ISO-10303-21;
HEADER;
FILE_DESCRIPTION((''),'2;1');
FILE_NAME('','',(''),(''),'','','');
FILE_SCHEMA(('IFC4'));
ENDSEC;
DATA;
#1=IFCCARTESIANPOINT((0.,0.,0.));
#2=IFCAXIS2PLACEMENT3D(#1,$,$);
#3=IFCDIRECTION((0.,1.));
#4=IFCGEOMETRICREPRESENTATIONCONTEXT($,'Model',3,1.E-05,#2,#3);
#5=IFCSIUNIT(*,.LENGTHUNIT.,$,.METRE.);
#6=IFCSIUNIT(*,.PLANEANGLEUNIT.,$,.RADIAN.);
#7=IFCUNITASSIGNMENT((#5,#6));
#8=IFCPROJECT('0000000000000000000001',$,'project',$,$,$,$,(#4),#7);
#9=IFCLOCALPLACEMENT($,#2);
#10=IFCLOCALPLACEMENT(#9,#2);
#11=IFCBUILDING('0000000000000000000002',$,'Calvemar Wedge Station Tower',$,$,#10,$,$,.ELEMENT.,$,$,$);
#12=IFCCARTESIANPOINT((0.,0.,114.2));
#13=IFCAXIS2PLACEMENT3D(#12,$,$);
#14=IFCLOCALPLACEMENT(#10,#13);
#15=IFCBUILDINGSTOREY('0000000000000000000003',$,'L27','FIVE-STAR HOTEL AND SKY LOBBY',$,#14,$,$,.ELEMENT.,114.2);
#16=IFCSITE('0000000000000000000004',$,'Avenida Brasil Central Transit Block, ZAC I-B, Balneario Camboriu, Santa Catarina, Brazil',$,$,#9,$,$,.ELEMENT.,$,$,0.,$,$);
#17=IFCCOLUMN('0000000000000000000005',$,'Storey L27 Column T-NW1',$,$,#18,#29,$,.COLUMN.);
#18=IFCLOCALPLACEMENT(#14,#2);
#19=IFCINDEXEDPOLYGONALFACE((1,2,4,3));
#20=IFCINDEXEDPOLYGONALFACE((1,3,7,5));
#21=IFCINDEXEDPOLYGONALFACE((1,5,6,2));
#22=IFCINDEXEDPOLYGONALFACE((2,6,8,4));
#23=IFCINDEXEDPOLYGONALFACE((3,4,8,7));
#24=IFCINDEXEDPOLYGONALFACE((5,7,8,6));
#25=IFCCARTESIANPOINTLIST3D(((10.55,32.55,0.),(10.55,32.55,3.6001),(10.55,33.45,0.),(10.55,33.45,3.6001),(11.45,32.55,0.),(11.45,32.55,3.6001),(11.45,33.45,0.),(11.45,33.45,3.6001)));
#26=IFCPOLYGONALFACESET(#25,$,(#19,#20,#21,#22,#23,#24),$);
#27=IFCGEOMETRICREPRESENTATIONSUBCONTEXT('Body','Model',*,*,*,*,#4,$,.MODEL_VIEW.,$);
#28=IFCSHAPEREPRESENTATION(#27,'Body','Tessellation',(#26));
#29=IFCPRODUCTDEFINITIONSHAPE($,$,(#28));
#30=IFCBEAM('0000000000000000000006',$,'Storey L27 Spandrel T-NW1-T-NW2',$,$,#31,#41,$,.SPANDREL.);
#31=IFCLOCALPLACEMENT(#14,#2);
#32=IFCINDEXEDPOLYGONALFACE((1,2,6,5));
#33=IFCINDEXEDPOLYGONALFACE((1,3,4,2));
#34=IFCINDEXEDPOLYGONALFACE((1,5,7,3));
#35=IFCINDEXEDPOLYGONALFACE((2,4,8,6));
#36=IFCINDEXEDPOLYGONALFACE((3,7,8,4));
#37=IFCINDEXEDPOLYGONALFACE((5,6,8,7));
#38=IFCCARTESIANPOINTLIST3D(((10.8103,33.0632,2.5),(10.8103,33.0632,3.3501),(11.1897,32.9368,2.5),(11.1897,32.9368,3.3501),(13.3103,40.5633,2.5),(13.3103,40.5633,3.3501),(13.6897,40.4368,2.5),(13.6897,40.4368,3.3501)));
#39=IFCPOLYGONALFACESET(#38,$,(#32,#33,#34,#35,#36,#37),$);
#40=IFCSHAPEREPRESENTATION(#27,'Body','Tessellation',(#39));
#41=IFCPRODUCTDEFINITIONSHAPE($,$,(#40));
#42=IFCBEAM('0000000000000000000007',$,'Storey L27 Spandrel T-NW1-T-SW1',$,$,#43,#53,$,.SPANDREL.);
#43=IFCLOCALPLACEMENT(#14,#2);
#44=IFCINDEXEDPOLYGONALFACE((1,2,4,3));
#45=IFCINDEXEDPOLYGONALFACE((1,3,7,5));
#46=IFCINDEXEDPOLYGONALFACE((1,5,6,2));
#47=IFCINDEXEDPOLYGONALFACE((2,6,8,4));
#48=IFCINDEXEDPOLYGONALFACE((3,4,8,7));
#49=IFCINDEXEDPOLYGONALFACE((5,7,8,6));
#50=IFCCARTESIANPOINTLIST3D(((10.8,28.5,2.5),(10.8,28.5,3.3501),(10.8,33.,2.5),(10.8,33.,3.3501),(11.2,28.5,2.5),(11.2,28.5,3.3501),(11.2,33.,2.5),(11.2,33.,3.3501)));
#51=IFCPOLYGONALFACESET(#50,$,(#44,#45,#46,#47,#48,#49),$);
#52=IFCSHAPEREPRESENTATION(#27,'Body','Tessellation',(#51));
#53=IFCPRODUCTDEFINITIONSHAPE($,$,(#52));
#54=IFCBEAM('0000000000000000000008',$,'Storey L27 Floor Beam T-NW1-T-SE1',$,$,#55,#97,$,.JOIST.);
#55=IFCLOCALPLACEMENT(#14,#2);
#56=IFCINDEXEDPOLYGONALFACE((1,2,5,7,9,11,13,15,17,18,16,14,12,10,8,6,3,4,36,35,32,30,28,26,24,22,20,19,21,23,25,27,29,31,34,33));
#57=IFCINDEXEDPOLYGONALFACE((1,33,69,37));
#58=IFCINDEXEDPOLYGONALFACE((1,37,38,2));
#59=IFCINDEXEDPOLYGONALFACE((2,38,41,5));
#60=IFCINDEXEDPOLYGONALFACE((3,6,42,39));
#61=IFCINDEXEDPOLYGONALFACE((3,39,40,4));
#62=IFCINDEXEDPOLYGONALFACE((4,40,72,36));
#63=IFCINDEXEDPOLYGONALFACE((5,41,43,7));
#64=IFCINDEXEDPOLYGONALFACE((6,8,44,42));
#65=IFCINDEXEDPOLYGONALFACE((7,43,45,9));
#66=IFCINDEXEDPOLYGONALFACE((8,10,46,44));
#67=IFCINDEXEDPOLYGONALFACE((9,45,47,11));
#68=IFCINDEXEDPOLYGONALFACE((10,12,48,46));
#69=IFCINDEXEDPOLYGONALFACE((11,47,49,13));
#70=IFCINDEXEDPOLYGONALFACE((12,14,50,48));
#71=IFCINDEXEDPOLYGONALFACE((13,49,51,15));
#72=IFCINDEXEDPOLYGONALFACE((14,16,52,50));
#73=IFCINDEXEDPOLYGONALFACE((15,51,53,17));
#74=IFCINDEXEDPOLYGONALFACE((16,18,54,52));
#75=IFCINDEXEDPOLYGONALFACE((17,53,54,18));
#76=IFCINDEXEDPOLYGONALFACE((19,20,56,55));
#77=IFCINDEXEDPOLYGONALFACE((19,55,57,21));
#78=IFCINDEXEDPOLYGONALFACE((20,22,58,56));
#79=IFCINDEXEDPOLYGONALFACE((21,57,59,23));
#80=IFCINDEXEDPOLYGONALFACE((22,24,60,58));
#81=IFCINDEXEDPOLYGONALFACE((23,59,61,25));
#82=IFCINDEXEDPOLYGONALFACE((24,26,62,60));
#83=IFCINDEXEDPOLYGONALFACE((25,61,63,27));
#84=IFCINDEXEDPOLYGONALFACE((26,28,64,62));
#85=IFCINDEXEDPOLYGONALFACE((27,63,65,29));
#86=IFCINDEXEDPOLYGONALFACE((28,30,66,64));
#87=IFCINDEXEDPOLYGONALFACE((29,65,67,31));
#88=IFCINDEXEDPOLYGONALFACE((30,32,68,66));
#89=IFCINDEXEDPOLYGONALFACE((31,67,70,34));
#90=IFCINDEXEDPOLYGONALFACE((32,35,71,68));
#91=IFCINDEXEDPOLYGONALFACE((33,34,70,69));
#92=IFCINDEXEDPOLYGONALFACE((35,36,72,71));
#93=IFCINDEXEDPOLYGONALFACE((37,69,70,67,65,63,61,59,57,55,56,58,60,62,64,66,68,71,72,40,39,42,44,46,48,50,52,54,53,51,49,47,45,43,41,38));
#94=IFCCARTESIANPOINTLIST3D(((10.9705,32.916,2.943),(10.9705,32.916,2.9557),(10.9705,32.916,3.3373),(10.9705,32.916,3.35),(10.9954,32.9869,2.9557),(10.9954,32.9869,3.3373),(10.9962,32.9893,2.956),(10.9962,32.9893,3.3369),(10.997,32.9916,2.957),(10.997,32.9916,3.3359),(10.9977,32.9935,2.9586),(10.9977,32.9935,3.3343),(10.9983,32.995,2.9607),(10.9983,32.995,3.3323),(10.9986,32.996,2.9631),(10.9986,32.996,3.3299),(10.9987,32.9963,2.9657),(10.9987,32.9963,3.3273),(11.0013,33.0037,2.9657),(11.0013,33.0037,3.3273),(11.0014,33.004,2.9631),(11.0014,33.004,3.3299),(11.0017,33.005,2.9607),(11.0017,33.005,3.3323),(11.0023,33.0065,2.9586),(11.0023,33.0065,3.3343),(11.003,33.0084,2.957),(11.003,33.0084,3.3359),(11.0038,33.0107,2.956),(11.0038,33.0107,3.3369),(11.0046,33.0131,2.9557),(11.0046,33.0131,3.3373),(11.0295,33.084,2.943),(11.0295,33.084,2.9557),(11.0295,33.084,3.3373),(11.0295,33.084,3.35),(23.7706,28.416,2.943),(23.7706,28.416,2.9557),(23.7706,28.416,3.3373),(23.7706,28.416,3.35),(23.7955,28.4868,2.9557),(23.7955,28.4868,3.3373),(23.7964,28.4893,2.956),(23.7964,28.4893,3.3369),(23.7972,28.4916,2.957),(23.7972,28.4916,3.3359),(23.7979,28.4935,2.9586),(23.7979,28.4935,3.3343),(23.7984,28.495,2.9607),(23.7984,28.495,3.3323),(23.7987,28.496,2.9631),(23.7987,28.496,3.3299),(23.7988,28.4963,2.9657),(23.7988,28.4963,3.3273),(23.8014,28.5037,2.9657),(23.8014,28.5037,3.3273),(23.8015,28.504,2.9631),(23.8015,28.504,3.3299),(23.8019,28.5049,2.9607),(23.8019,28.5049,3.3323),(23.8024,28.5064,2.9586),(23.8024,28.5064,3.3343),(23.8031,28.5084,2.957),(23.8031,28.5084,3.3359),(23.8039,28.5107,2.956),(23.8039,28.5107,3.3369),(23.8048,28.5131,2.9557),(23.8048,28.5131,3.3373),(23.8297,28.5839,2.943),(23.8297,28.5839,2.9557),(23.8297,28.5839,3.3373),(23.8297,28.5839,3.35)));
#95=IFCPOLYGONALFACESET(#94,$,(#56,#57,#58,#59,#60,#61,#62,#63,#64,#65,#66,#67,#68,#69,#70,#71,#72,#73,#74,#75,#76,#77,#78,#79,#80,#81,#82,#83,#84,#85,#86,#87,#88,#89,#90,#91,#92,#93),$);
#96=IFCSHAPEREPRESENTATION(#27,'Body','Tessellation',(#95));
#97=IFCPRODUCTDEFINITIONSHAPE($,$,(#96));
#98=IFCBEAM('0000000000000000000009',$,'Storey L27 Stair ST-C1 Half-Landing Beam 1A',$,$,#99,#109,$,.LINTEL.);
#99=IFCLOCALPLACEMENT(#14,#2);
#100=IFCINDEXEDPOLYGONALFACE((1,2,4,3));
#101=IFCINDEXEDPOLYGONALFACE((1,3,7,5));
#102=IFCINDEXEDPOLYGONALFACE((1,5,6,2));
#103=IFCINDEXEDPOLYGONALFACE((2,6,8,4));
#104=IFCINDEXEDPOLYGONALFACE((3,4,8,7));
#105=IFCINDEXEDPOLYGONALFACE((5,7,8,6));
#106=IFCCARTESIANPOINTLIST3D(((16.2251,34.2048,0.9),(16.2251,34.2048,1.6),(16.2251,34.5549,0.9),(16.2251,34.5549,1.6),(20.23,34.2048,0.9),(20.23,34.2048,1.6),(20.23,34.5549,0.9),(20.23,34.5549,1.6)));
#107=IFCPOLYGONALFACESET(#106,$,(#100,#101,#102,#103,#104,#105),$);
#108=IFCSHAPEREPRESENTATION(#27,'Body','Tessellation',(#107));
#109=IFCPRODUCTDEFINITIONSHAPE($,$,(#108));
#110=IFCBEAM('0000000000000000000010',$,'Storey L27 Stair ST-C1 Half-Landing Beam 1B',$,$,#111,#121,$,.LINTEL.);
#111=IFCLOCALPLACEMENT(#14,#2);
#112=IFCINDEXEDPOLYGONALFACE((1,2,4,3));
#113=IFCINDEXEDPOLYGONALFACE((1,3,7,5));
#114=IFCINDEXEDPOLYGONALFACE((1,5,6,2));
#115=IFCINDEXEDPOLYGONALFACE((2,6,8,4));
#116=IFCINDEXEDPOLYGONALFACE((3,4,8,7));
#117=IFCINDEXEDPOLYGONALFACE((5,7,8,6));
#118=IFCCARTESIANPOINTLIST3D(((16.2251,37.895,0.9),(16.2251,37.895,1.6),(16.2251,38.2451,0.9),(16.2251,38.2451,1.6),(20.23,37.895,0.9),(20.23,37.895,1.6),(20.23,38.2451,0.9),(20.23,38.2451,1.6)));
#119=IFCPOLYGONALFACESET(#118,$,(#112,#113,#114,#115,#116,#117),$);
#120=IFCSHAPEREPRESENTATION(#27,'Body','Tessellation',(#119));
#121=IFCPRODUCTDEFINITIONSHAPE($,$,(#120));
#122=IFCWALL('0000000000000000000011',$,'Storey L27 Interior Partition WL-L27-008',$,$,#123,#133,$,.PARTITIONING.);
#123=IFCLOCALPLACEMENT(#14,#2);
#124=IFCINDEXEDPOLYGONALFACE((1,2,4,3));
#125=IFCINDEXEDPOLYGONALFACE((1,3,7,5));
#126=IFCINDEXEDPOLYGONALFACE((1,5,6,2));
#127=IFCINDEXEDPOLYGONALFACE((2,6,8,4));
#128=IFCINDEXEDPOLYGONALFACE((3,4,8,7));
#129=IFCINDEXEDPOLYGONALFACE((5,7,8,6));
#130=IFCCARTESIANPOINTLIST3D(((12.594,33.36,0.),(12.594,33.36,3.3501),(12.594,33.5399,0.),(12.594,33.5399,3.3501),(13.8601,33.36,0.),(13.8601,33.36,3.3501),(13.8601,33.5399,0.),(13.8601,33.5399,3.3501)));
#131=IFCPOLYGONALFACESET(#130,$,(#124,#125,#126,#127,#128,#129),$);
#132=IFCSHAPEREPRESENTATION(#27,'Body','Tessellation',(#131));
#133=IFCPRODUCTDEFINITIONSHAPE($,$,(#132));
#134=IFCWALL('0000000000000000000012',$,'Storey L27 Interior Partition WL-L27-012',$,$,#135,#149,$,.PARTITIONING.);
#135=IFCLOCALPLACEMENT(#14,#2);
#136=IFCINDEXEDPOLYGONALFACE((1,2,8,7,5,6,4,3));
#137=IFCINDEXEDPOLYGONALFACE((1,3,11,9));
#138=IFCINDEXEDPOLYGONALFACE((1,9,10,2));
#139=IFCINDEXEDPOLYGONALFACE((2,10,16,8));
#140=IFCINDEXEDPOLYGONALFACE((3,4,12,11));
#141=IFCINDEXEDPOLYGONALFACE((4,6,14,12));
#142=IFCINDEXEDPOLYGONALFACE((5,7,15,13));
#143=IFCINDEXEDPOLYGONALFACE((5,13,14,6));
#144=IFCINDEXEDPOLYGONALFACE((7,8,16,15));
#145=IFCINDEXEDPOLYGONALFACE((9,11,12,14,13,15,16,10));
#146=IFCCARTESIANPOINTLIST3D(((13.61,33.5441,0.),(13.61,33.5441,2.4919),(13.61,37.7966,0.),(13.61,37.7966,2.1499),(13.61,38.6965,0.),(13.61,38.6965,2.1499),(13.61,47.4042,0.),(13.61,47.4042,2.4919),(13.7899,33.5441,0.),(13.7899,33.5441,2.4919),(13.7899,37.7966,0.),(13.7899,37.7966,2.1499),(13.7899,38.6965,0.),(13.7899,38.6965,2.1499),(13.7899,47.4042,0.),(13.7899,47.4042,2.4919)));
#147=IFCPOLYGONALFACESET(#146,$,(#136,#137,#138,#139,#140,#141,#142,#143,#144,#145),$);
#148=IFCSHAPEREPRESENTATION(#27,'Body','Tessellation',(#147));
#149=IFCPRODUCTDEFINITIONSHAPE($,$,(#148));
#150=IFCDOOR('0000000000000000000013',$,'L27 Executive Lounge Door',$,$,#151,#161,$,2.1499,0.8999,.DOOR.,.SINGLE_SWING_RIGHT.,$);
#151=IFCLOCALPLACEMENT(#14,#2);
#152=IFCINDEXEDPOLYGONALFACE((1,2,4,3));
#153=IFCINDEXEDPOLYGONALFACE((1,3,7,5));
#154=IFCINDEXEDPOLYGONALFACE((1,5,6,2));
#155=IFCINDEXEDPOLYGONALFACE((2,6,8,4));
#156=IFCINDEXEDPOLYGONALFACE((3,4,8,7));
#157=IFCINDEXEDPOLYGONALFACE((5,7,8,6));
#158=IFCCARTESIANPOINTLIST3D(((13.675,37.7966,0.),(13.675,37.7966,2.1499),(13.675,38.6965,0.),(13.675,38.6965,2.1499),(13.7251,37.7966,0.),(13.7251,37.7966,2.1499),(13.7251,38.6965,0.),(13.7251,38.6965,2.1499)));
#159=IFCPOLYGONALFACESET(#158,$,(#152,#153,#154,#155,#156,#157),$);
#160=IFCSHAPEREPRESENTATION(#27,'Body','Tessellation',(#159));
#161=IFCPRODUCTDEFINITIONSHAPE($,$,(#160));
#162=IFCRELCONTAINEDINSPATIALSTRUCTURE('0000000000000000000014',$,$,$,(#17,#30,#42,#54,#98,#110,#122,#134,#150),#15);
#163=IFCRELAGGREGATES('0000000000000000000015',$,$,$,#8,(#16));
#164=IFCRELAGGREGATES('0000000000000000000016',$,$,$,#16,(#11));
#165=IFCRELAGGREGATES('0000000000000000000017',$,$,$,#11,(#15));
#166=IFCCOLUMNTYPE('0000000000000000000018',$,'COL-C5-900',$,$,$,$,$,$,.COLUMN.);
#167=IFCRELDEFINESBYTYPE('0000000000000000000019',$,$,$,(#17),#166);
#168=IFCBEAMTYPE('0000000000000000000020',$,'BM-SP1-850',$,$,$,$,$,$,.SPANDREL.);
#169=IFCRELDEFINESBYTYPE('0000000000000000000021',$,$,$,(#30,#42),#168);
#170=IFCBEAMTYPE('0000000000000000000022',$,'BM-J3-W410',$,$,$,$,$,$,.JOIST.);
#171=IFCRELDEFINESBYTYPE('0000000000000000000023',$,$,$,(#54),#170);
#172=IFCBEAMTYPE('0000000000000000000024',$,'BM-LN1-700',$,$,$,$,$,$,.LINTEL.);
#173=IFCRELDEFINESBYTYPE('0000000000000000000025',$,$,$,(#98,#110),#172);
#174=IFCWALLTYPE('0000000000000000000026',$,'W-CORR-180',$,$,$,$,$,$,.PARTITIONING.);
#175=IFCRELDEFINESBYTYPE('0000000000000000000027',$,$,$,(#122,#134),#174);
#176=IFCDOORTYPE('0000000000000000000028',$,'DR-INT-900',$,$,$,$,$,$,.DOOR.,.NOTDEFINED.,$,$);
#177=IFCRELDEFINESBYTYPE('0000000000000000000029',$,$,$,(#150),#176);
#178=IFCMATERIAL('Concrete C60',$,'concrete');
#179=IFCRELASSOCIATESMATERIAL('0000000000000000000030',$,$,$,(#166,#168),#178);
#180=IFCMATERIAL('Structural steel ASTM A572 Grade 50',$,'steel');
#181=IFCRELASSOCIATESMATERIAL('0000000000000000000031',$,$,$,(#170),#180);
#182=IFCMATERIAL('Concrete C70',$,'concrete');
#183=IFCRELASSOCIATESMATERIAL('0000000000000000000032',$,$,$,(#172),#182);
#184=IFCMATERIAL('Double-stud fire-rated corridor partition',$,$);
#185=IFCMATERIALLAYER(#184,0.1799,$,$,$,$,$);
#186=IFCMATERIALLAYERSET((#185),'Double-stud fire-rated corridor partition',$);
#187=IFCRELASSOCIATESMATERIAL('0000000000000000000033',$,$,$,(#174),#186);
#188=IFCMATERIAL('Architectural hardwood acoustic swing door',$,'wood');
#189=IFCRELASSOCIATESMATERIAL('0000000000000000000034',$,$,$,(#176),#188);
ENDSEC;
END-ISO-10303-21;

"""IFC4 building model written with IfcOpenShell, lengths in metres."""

from ifc_helpers import new_model, si_unit, direction, frame, frame_2d, origin, origin_2d, place, context, subcontext, project, spatial, rectangle, i_section, extrude, source, transform, mapped, material, layer, layer_set, material_profile, profile_set, type_object, element, fill, save


model = new_model("IFC4")

# Units and contexts
model_context = context("Model", 3, precision=1e-05, world=origin(), true_north=direction((0.0, 1.0)))
body_context = subcontext(model_context, "Body", "Model", "MODEL_VIEW")
ifc_project = project(units=[si_unit("LENGTHUNIT", "METRE"), si_unit("PLANEANGLEUNIT", "RADIAN")], contexts=[model_context])

# Site, building, storey
site_placement = place(None, origin())
site = spatial("IfcSite", under=ifc_project, at=site_placement, Name="Avenida Brasil Central Transit Block, ZAC I-B, Balneario Camboriu, Santa Catarina, Brazil", CompositionType="ELEMENT", RefElevation=0.0)
building_placement = place(site_placement, origin())
building = spatial("IfcBuilding", under=site, at=building_placement, Name="Calvemar Wedge Station Tower", CompositionType="ELEMENT")
storey_placement = place(building_placement, frame((0.0, 0.0, 114.2)))
storey = spatial("IfcBuildingStorey", under=building, at=storey_placement, Name="L27", Description="FIVE-STAR HOTEL AND SKY LOBBY", CompositionType="ELEMENT", Elevation=114.2)

# Column
ifc_material_1 = material(Name="Concrete C60", Category="concrete")
ifc_material_profile_1 = material_profile(ifc_material_1, rectangle(XDim=0.8999, YDim=0.8999, at=origin_2d()), Name="RC900x900")
ifc_profile_set_1 = profile_set([ifc_material_profile_1], Name="Concrete C60")
column_type = type_object("IfcColumnType", Name="COL-C5-900", PredefinedType="COLUMN", material=ifc_profile_set_1)
shared_shape_1 = source(origin(), body_context, "Body", "SweptSolid", [
    extrude(rectangle(XDim=0.8999, YDim=0.8999, at=origin_2d()), origin(), (0.0, 0.0, 1.0), 3.6001),
])
column_placement = place(storey_placement, frame((11.0, 33.0, 0.0), z_axis=(0.0, 0.0, 1.0), x_axis=(1.0, 0.0, 0.0)))
element("IfcColumn", 1, at=column_placement, inside=storey, type_object=column_type, Name="Storey L27 Column T-NW1", PredefinedType="COLUMN", context=body_context, shape_type="MappedRepresentation", body=[
    mapped(shared_shape_1, transform((0.0, 0.0, 0.0), scale=1.0)),
])

# Beams
ifc_material_profile_2 = material_profile(ifc_material_1, rectangle(XDim=0.3999, YDim=0.8501, at=origin_2d()), Name="RC400x850")
ifc_profile_set_2 = profile_set([ifc_material_profile_2], Name="Concrete C60")
beam_type_1 = type_object("IfcBeamType", Name="BM-SP1-850", PredefinedType="SPANDREL", material=ifc_profile_set_2)
shared_shape_2 = source(origin(), body_context, "Body", "SweptSolid", [
    extrude(rectangle(XDim=0.3999, YDim=0.8501, at=origin_2d()), origin(), (0.0, 0.0, 1.0), 7.9058),
])
beam_1_placement = place(storey_placement, frame((11.0, 33.0, 2.925), z_axis=(0.316228, 0.948683, 0.0), x_axis=(-0.948683, 0.316228, 0.0)))
element("IfcBeam", 2, at=beam_1_placement, inside=storey, type_object=beam_type_1, Name="Storey L27 Spandrel T-NW1-T-NW2", PredefinedType="SPANDREL", context=body_context, shape_type="MappedRepresentation", body=[
    mapped(shared_shape_2, transform((0.0, 0.0, 0.0), scale=1.0)),
])
shared_shape_3 = source(origin(), body_context, "Body", "SweptSolid", [
    extrude(rectangle(XDim=0.3999, YDim=0.8501, at=origin_2d()), origin(), (0.0, 0.0, 1.0), 4.5),
])
beam_2_placement = place(storey_placement, frame((11.0, 33.0, 2.925), z_axis=(0.0, -1.0, 0.0), x_axis=(1.0, 0.0, 0.0)))
element("IfcBeam", 3, at=beam_2_placement, inside=storey, type_object=beam_type_1, Name="Storey L27 Spandrel T-NW1-T-SW1", PredefinedType="SPANDREL", context=body_context, shape_type="MappedRepresentation", body=[
    mapped(shared_shape_3, transform((0.0, 0.0, 0.0), scale=1.0)),
])
ifc_material_2 = material(Name="Structural steel ASTM A572 Grade 50", Category="steel")
ifc_material_profile_3 = material_profile(ifc_material_2, i_section(OverallWidth=0.178, OverallDepth=0.407, WebThickness=0.0078, FlangeThickness=0.0127, FilletRadius=0.01, at=origin_2d()), Name="W410x60")
ifc_profile_set_3 = profile_set([ifc_material_profile_3], Name="Structural steel ASTM A572 Grade 50")
beam_type_2 = type_object("IfcBeamType", Name="BM-J3-W410", PredefinedType="JOIST", material=ifc_profile_set_3)
shared_shape_4 = source(origin(), body_context, "Body", "SweptSolid", [
    extrude(i_section(OverallWidth=0.178, OverallDepth=0.407, WebThickness=0.0078, FlangeThickness=0.0127, FilletRadius=0.01, at=origin_2d()), origin(), (0.0, 0.0, 1.0), 13.5681),
])
beam_3_placement = place(storey_placement, frame((11.0, 33.0, 3.1465), z_axis=(0.943398, -0.331662, 0.0), x_axis=(0.331662, 0.943398, 0.0)))
element("IfcBeam", 4, at=beam_3_placement, inside=storey, type_object=beam_type_2, Name="Storey L27 Floor Beam T-NW1-T-SE1", PredefinedType="JOIST", context=body_context, shape_type="MappedRepresentation", body=[
    mapped(shared_shape_4, transform((0.0, 0.0, 0.0), scale=1.0)),
])
ifc_material_3 = material(Name="Concrete C70", Category="concrete")
ifc_material_profile_4 = material_profile(ifc_material_3, rectangle(XDim=0.3501, YDim=0.7, at=origin_2d()), Name="RC350x700")
ifc_profile_set_4 = profile_set([ifc_material_profile_4], Name="Concrete C70")
beam_type_3 = type_object("IfcBeamType", Name="BM-LN1-700", PredefinedType="LINTEL", material=ifc_profile_set_4)
shared_shape_5 = source(origin(), body_context, "Body", "SweptSolid", [
    extrude(rectangle(XDim=0.3501, YDim=0.7, at=origin_2d()), origin(), (0.0, 0.0, 1.0), 4.0049),
])
for number, where, z_axis, x_axis, name in (
    (5, (16.2251, 34.3799, 1.25), (1.0, 0.0, 0.0), (0.0, 1.0, 0.0), "Storey L27 Stair ST-C1 Half-Landing Beam 1A"),
    (6, (16.2251, 38.0701, 1.25), (1.0, 0.0, 0.0), (0.0, 1.0, 0.0), "Storey L27 Stair ST-C1 Half-Landing Beam 1B"),
):
    element("IfcBeam", number, at=place(storey_placement, frame(where, z_axis=z_axis, x_axis=x_axis)), inside=storey, type_object=beam_type_3, Name=name, PredefinedType="LINTEL", context=body_context, shape_type="MappedRepresentation", body=[
        mapped(shared_shape_5, transform((0.0, 0.0, 0.0), scale=1.0)),
    ])

# Wall
ifc_material_4 = material(Name="Double-stud fire-rated corridor partition")
ifc_layer_1 = layer(ifc_material_4, 0.1799)
ifc_layer_set_1 = layer_set([ifc_layer_1], Name="Double-stud fire-rated corridor partition")
wall_type_1 = type_object("IfcWallType", Name="W-CORR-180", PredefinedType="PARTITIONING", material=ifc_layer_set_1)
wall_1_placement = place(storey_placement, frame((12.594, 33.45, 0.0), z_axis=(0.0, 0.0, 1.0), x_axis=(1.0, 0.0, 0.0)))
element("IfcWall", 7, at=wall_1_placement, inside=storey, type_object=wall_type_1, Name="Storey L27 Interior Partition WL-L27-008", PredefinedType="PARTITIONING", context=body_context, shape_type="SweptSolid", body=[
    extrude(rectangle(XDim=1.2661, YDim=0.1799, at=frame_2d((0.6331, 0.0))), origin(), (0.0, 0.0, 1.0), 3.3501),
])

# Wall, opening, door
wall_2_placement = place(storey_placement, frame((13.7, 33.5439, 0.0), z_axis=(0.0, 0.0, 1.0), x_axis=(0.0, 1.0, 0.0)))
wall_2 = element("IfcWall", 8, at=wall_2_placement, inside=storey, type_object=wall_type_1, Name="Storey L27 Interior Partition WL-L27-012", PredefinedType="PARTITIONING", context=body_context, shape_type="SweptSolid", body=[
    extrude(rectangle(XDim=13.8601, YDim=0.1799, at=frame_2d((6.9302, 0.0))), origin(), (0.0, 0.0, 1.0), 2.4919),
])
shared_shape_6 = source(origin(), body_context, "Body", "SweptSolid", [
    extrude(rectangle(XDim=0.8999, YDim=2.1499, at=frame_2d((0.45, 1.075))), frame((0.0, 0.1001, 0.0), z_axis=(0.0, -1.0, 0.0), x_axis=(1.0, 0.0, 0.0)), (0.0, 0.0, 1.0), 0.2),
])
opening_1_placement = place(wall_2_placement, frame((4.2527, 0.0, 0.0)))
opening_1 = element("IfcOpeningElement", 9, at=opening_1_placement, cuts=wall_2, PredefinedType="OPENING", context=body_context, shape_type="MappedRepresentation", body=[
    mapped(shared_shape_6, transform((0.0, 0.0, 0.0), scale=1.0)),
])
ifc_material_5 = material(Name="Architectural hardwood acoustic swing door", Category="wood")
door_type_1 = type_object("IfcDoorType", Name="DR-INT-900", OperationType="NOTDEFINED", PredefinedType="DOOR", material=ifc_material_5)
shared_shape_7 = source(origin(), body_context, "Body", "SweptSolid", [
    extrude(rectangle(XDim=0.8999, YDim=2.1499, at=frame_2d((0.45, 1.075))), frame((0.0, 0.0249, 0.0), z_axis=(0.0, -1.0, 0.0), x_axis=(1.0, 0.0, 0.0)), (0.0, 0.0, 1.0), 0.05),
])
door_1_placement = place(opening_1_placement, origin())
door_1 = element("IfcDoor", 10, at=door_1_placement, inside=storey, type_object=door_type_1, Name="L27 Executive Lounge Door", OperationType="SINGLE_SWING_RIGHT", OverallHeight=2.1499, OverallWidth=0.8999, PredefinedType="DOOR", context=body_context, shape_type="MappedRepresentation", body=[
    mapped(shared_shape_7, transform((0.0, 0.0, 0.0), scale=1.0)),
])
fill(opening_1, door_1)

save(model, "model.ifc")
